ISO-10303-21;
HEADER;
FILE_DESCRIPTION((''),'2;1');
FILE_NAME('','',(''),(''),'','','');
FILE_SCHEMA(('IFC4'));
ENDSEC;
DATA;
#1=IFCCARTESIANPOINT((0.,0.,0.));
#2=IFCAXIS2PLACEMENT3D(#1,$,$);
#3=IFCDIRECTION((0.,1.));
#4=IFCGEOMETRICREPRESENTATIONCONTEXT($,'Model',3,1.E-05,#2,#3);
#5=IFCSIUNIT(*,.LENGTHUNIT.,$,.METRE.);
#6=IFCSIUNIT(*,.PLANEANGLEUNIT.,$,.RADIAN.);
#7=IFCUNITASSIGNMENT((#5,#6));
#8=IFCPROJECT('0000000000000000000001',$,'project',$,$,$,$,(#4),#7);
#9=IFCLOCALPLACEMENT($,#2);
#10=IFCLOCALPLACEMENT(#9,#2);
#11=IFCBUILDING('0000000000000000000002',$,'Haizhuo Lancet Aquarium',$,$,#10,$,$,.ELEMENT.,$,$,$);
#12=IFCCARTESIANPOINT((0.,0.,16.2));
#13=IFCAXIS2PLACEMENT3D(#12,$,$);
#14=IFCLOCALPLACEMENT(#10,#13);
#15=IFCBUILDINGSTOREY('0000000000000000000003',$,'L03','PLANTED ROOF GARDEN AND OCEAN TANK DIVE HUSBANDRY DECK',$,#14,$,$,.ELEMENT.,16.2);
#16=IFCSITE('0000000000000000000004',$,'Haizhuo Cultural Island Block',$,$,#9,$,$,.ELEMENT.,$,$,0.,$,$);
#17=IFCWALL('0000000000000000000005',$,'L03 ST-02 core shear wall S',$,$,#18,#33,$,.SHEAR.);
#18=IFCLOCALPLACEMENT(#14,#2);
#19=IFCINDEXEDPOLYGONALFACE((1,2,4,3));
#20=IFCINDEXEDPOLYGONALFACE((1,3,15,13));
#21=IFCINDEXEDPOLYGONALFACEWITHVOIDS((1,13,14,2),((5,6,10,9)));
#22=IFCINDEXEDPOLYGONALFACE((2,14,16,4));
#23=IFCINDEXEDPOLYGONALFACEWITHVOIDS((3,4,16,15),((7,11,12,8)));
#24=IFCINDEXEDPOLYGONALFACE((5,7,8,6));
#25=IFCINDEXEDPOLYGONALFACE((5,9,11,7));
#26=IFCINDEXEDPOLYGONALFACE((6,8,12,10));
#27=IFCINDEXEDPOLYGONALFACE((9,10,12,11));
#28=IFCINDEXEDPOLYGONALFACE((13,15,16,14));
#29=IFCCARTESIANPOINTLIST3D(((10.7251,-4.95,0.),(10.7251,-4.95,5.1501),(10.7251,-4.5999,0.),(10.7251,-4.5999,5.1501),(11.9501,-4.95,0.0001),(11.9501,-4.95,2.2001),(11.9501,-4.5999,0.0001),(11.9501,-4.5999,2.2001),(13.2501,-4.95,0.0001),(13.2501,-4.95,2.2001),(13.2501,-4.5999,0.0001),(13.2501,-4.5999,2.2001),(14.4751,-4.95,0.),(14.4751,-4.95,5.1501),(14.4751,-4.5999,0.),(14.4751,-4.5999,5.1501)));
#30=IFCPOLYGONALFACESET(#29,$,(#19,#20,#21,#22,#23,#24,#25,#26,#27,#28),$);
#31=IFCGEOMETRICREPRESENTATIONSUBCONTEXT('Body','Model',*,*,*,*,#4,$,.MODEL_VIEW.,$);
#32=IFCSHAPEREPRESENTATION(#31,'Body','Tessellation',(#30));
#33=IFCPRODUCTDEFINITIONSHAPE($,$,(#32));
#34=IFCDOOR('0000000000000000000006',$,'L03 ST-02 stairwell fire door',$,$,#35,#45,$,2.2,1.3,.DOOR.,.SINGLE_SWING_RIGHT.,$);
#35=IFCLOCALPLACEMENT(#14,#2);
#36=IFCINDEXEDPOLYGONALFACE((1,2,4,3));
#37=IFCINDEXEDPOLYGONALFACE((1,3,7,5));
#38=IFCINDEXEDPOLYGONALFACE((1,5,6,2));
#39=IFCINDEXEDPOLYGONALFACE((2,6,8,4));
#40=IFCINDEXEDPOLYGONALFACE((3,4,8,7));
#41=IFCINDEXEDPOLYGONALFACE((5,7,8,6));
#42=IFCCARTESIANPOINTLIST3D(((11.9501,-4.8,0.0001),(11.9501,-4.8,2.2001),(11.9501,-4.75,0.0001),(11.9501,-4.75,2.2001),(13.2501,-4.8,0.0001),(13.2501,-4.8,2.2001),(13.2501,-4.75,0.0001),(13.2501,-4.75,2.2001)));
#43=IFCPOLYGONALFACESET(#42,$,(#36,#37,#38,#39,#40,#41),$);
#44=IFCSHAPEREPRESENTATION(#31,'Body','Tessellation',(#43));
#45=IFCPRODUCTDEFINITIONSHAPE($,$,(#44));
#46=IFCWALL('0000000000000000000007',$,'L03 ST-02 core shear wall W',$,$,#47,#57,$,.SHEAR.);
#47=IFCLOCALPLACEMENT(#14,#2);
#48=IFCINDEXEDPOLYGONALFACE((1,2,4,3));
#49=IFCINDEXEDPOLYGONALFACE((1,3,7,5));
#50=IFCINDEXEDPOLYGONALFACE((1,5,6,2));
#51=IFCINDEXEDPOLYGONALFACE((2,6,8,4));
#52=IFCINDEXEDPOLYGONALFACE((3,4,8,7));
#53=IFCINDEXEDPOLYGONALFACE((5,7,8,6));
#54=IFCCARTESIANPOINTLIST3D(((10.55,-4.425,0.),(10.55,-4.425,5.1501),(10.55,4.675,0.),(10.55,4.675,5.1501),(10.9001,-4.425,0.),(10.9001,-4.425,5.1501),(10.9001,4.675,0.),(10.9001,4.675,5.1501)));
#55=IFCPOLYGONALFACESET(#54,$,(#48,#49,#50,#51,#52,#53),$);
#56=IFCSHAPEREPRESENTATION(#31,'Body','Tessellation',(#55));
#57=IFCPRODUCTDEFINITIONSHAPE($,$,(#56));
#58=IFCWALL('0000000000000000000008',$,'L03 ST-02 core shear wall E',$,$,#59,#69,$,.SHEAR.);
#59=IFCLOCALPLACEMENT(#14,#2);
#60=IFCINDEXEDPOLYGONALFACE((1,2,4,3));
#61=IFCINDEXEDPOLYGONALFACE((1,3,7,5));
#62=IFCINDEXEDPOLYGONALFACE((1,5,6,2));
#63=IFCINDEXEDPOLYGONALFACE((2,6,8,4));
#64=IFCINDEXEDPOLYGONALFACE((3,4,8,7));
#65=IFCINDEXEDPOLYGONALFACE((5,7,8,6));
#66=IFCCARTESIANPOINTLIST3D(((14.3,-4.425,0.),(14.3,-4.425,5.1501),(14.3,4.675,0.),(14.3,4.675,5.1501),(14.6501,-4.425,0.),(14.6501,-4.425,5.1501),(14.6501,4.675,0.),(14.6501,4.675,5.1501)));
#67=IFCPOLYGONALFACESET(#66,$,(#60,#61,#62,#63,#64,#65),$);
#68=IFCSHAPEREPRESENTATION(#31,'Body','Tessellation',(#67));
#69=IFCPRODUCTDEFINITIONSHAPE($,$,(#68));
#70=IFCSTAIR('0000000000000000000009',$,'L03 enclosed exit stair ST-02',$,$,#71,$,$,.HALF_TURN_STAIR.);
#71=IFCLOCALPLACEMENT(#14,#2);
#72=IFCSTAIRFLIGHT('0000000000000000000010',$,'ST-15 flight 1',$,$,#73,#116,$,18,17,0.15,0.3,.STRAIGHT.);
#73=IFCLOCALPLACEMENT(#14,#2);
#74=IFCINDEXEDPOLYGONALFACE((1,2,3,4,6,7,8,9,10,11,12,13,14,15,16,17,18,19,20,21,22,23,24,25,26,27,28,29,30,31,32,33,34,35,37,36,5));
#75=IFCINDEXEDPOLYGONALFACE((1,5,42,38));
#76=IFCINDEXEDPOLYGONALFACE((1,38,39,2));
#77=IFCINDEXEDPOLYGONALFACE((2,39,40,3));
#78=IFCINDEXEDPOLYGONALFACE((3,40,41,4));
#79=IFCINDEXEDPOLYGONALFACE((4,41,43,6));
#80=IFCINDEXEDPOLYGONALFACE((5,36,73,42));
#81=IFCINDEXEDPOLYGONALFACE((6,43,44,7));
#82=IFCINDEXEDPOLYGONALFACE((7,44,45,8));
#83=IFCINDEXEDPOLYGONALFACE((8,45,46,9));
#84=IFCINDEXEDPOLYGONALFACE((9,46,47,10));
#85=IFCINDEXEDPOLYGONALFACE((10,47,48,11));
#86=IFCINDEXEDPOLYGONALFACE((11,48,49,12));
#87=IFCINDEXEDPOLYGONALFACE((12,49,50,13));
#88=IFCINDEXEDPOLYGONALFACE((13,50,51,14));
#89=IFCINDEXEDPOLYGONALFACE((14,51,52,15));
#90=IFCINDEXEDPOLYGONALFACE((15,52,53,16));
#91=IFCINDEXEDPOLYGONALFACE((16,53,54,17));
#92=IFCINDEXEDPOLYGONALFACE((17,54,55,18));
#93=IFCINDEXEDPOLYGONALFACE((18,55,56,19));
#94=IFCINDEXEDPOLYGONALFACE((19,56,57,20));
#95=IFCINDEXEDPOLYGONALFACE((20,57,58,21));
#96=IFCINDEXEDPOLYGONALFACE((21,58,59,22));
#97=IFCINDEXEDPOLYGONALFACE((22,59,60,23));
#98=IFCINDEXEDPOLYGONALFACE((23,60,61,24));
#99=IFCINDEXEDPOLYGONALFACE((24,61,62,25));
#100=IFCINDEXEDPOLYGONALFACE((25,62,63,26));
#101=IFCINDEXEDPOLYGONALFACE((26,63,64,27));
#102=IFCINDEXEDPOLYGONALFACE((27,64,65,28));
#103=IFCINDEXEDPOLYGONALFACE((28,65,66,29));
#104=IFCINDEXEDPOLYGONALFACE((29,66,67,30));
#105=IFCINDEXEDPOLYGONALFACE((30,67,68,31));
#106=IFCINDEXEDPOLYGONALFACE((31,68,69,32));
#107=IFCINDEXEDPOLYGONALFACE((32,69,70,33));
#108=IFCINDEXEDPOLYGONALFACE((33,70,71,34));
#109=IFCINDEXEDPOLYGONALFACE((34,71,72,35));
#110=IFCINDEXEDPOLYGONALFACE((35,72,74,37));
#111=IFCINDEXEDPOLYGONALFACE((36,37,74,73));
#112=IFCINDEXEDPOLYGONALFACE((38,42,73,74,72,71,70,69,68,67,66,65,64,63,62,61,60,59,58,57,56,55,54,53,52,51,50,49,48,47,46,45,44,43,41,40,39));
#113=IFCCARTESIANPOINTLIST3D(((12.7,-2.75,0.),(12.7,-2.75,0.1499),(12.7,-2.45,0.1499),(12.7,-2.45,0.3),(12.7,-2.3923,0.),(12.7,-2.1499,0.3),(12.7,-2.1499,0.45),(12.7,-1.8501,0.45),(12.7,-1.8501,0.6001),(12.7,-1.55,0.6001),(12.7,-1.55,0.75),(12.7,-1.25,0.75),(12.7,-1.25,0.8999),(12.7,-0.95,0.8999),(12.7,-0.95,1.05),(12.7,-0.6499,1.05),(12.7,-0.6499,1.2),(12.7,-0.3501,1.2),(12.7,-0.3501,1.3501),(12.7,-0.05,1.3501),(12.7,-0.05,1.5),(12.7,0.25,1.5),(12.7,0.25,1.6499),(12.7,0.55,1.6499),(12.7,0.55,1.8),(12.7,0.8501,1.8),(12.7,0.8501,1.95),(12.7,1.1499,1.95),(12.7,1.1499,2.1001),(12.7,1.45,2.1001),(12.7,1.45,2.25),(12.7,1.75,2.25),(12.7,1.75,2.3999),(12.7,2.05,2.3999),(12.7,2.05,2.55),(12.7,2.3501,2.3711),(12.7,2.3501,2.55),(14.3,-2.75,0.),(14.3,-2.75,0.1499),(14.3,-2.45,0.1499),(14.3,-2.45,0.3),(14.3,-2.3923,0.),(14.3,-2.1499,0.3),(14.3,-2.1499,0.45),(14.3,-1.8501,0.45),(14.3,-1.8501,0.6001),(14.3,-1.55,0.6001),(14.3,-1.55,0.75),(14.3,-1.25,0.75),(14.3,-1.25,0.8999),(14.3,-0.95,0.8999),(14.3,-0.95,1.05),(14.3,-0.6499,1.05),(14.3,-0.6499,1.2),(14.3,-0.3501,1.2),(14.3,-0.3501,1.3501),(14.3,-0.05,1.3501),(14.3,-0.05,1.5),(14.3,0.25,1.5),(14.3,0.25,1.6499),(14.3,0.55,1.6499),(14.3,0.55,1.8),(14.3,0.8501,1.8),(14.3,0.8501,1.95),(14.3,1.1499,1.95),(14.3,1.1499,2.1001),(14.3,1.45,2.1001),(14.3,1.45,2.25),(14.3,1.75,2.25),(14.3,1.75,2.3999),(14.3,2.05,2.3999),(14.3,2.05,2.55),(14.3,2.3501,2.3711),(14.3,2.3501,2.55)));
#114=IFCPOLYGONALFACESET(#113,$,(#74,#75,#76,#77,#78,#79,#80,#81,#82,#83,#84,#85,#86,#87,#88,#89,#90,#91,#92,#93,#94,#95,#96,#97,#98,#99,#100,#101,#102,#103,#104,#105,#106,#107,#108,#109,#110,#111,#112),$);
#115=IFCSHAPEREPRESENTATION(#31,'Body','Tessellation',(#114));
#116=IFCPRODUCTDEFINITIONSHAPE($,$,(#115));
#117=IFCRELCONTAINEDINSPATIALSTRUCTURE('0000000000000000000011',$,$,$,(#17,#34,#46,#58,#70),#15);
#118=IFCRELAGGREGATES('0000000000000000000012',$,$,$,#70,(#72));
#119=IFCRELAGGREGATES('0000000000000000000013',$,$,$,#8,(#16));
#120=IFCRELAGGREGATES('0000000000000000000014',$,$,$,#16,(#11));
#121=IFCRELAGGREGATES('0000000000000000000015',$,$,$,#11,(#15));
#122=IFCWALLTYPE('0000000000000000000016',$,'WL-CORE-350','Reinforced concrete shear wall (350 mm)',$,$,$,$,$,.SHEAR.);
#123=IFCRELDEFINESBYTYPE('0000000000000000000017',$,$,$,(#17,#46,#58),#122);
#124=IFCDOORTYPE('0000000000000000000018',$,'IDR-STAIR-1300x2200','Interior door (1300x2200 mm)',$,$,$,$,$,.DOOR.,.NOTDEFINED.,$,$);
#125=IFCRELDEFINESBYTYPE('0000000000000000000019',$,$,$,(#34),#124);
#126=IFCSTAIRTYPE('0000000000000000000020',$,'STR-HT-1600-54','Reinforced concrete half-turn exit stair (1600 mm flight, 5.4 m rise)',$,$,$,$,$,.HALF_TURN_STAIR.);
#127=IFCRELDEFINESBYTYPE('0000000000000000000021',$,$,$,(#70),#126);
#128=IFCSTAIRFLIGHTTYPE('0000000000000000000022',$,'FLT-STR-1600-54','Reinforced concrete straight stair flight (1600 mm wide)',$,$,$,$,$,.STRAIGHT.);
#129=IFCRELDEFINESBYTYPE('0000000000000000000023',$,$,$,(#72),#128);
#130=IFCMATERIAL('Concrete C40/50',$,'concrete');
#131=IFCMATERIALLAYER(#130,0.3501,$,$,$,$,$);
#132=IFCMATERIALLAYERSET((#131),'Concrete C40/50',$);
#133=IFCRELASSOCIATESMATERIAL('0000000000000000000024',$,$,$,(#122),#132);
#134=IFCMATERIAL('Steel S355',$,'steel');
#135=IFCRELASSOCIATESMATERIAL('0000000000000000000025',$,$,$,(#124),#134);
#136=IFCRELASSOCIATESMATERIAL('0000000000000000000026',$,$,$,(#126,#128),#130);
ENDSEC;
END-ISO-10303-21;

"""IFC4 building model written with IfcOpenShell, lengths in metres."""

from ifc_helpers import new_model, si_unit, direction, frame, frame_2d, origin, place, context, subcontext, project, spatial, polyline, rectangle, outline, extrude, material, layer, layer_set, type_object, element, fill, aggregate, save


model = new_model("IFC4")

# Units and contexts
model_context = context("Model", 3, precision=1e-05, world=origin(), true_north=direction((0.0, 1.0)))
body_context = subcontext(model_context, "Body", "Model", "MODEL_VIEW")
ifc_project = project(units=[si_unit("LENGTHUNIT", "METRE"), si_unit("PLANEANGLEUNIT", "RADIAN")], contexts=[model_context])

# Site, building, storey
site_placement = place(None, origin())
site = spatial("IfcSite", under=ifc_project, at=site_placement, Name="Haizhuo Cultural Island Block", CompositionType="ELEMENT", RefElevation=0.0)
building_placement = place(site_placement, origin())
building = spatial("IfcBuilding", under=site, at=building_placement, Name="Haizhuo Lancet Aquarium", CompositionType="ELEMENT")
storey_placement = place(building_placement, frame((0.0, 0.0, 16.2)))
storey = spatial("IfcBuildingStorey", under=building, at=storey_placement, Name="L03", Description="PLANTED ROOF GARDEN AND OCEAN TANK DIVE HUSBANDRY DECK", CompositionType="ELEMENT", Elevation=16.2)

# Shared definitions
ifc_material_1 = material(Name="Concrete C40/50", Category="concrete")
ifc_material_2 = material(Name="Steel S355", Category="steel")

# Wall, opening, door
ifc_layer_1 = layer(ifc_material_1, 0.3501)
ifc_layer_set_1 = layer_set([ifc_layer_1], Name="Concrete C40/50")
wall_type_1 = type_object("IfcWallType", Name="WL-CORE-350", Description="Reinforced concrete shear wall (350 mm)", PredefinedType="SHEAR", material=ifc_layer_set_1)
wall_1_placement = place(storey_placement, frame((10.7251, -4.7749, 0.0), z_axis=(0.0, 0.0, 1.0), x_axis=(1.0, 0.0, 0.0)))
wall_1 = element("IfcWall", 1, at=wall_1_placement, inside=storey, type_object=wall_type_1, Name="L03 ST-02 core shear wall S", PredefinedType="SHEAR", context=body_context, shape_type="SweptSolid", body=[
    extrude(rectangle(XDim=3.75, YDim=0.3501, at=frame_2d((1.875, 0.0))), origin(), (0.0, 0.0, 1.0), 5.1501),
])
opening_1_placement = place(wall_1_placement, frame((1.2251, 0.0, 0.0)))
opening_1 = element("IfcOpeningElement", 2, at=opening_1_placement, cuts=wall_1, PredefinedType="OPENING", context=body_context, shape_type="SweptSolid", body=[
    extrude(rectangle(XDim=1.3, YDim=2.2, at=frame_2d((0.6499, 1.1001))), frame((0.0, 0.1851, 0.0), z_axis=(0.0, -1.0, 0.0), x_axis=(1.0, 0.0, 0.0)), (0.0, 0.0, 1.0), 0.3701),
])
door_type = type_object("IfcDoorType", Name="IDR-STAIR-1300x2200", Description="Interior door (1300x2200 mm)", OperationType="NOTDEFINED", PredefinedType="DOOR", material=ifc_material_2)
door_placement = place(opening_1_placement, origin())
door = element("IfcDoor", 3, at=door_placement, inside=storey, type_object=door_type, Name="L03 ST-02 stairwell fire door", OperationType="SINGLE_SWING_RIGHT", OverallHeight=2.2, OverallWidth=1.3, PredefinedType="DOOR", context=body_context, shape_type="SweptSolid", body=[
    extrude(rectangle(XDim=1.3, YDim=2.2, at=frame_2d((0.6499, 1.1001))), frame((0.0, 0.0249, 0.0), z_axis=(0.0, -1.0, 0.0), x_axis=(1.0, 0.0, 0.0)), (0.0, 0.0, 1.0), 0.05),
])
fill(opening_1, door)

# Walls
for number, where, z_axis, x_axis, name in (
    (4, (10.7251, -4.425, 0.0), (0.0, 0.0, 1.0), (0.0, 1.0, 0.0), "L03 ST-02 core shear wall W"),
    (5, (14.4751, -4.425, 0.0), (0.0, 0.0, 1.0), (0.0, 1.0, 0.0), "L03 ST-02 core shear wall E"),
):
    element("IfcWall", number, at=place(storey_placement, frame(where, z_axis=z_axis, x_axis=x_axis)), inside=storey, type_object=wall_type_1, Name=name, PredefinedType="SHEAR", context=body_context, shape_type="SweptSolid", body=[
        extrude(rectangle(XDim=9.1001, YDim=0.3501, at=frame_2d((4.55, 0.0))), origin(), (0.0, 0.0, 1.0), 5.1501),
    ])

# Stair, stair flight
stair_type = type_object("IfcStairType", Name="STR-HT-1600-54", Description="Reinforced concrete half-turn exit stair (1600 mm flight, 5.4 m rise)", PredefinedType="HALF_TURN_STAIR", material=ifc_material_1)
stair_placement = place(storey_placement, origin())
stair = element("IfcStair", 6, at=stair_placement, inside=storey, type_object=stair_type, Name="L03 enclosed exit stair ST-02", PredefinedType="HALF_TURN_STAIR")
stair_flight_type = type_object("IfcStairFlightType", Name="FLT-STR-1600-54", Description="Reinforced concrete straight stair flight (1600 mm wide)", PredefinedType="STRAIGHT", material=ifc_material_1)
stair_flight_placement = place(storey_placement, frame((13.5, -2.75, 0.0), z_axis=(0.0, 0.0, 1.0), x_axis=(0.0, 1.0, 0.0)))
stair_flight = element("IfcStairFlight", 7, at=stair_flight_placement, type_object=stair_flight_type, Name="ST-15 flight 1", NumberOfRisers=18, NumberOfTreads=17, PredefinedType="STRAIGHT", RiserHeight=0.15, TreadLength=0.3, context=body_context, shape_type="SweptSolid", body=[
    extrude(outline(polyline([(0.0, 0.0), (0.0, 0.1499), (0.3, 0.1499), (0.3, 0.3), (0.6001, 0.3), (0.6001, 0.45), (0.8999, 0.45), (0.8999, 0.6001), (1.2, 0.6001), (1.2, 0.75), (1.5, 0.75), (1.5, 0.8999), (1.8, 0.8999), (1.8, 1.05), (2.1001, 1.05), (2.1001, 1.2), (2.3999, 1.2), (2.3999, 1.3501), (2.7, 1.3501), (2.7, 1.5), (3.0, 1.5), (3.0, 1.6499), (3.3, 1.6499), (3.3, 1.8), (3.6001, 1.8), (3.6001, 1.95), (3.8999, 1.95), (3.8999, 2.1001), (4.2, 2.1001), (4.2, 2.25), (4.5, 2.25), (4.5, 2.3999), (4.8, 2.3999), (4.8, 2.55), (5.1001, 2.55), (5.1001, 2.7), (5.1001, 2.3711), (0.3577, 0.0), (0.0, 0.0)])), frame((0.0, 0.8, 0.0), z_axis=(0.0, -1.0, 0.0), x_axis=(1.0, 0.0, 0.0)), (0.0, 0.0, 1.0), 1.6001),
])
aggregate(stair, [stair_flight])

save(model, "model.ifc")
